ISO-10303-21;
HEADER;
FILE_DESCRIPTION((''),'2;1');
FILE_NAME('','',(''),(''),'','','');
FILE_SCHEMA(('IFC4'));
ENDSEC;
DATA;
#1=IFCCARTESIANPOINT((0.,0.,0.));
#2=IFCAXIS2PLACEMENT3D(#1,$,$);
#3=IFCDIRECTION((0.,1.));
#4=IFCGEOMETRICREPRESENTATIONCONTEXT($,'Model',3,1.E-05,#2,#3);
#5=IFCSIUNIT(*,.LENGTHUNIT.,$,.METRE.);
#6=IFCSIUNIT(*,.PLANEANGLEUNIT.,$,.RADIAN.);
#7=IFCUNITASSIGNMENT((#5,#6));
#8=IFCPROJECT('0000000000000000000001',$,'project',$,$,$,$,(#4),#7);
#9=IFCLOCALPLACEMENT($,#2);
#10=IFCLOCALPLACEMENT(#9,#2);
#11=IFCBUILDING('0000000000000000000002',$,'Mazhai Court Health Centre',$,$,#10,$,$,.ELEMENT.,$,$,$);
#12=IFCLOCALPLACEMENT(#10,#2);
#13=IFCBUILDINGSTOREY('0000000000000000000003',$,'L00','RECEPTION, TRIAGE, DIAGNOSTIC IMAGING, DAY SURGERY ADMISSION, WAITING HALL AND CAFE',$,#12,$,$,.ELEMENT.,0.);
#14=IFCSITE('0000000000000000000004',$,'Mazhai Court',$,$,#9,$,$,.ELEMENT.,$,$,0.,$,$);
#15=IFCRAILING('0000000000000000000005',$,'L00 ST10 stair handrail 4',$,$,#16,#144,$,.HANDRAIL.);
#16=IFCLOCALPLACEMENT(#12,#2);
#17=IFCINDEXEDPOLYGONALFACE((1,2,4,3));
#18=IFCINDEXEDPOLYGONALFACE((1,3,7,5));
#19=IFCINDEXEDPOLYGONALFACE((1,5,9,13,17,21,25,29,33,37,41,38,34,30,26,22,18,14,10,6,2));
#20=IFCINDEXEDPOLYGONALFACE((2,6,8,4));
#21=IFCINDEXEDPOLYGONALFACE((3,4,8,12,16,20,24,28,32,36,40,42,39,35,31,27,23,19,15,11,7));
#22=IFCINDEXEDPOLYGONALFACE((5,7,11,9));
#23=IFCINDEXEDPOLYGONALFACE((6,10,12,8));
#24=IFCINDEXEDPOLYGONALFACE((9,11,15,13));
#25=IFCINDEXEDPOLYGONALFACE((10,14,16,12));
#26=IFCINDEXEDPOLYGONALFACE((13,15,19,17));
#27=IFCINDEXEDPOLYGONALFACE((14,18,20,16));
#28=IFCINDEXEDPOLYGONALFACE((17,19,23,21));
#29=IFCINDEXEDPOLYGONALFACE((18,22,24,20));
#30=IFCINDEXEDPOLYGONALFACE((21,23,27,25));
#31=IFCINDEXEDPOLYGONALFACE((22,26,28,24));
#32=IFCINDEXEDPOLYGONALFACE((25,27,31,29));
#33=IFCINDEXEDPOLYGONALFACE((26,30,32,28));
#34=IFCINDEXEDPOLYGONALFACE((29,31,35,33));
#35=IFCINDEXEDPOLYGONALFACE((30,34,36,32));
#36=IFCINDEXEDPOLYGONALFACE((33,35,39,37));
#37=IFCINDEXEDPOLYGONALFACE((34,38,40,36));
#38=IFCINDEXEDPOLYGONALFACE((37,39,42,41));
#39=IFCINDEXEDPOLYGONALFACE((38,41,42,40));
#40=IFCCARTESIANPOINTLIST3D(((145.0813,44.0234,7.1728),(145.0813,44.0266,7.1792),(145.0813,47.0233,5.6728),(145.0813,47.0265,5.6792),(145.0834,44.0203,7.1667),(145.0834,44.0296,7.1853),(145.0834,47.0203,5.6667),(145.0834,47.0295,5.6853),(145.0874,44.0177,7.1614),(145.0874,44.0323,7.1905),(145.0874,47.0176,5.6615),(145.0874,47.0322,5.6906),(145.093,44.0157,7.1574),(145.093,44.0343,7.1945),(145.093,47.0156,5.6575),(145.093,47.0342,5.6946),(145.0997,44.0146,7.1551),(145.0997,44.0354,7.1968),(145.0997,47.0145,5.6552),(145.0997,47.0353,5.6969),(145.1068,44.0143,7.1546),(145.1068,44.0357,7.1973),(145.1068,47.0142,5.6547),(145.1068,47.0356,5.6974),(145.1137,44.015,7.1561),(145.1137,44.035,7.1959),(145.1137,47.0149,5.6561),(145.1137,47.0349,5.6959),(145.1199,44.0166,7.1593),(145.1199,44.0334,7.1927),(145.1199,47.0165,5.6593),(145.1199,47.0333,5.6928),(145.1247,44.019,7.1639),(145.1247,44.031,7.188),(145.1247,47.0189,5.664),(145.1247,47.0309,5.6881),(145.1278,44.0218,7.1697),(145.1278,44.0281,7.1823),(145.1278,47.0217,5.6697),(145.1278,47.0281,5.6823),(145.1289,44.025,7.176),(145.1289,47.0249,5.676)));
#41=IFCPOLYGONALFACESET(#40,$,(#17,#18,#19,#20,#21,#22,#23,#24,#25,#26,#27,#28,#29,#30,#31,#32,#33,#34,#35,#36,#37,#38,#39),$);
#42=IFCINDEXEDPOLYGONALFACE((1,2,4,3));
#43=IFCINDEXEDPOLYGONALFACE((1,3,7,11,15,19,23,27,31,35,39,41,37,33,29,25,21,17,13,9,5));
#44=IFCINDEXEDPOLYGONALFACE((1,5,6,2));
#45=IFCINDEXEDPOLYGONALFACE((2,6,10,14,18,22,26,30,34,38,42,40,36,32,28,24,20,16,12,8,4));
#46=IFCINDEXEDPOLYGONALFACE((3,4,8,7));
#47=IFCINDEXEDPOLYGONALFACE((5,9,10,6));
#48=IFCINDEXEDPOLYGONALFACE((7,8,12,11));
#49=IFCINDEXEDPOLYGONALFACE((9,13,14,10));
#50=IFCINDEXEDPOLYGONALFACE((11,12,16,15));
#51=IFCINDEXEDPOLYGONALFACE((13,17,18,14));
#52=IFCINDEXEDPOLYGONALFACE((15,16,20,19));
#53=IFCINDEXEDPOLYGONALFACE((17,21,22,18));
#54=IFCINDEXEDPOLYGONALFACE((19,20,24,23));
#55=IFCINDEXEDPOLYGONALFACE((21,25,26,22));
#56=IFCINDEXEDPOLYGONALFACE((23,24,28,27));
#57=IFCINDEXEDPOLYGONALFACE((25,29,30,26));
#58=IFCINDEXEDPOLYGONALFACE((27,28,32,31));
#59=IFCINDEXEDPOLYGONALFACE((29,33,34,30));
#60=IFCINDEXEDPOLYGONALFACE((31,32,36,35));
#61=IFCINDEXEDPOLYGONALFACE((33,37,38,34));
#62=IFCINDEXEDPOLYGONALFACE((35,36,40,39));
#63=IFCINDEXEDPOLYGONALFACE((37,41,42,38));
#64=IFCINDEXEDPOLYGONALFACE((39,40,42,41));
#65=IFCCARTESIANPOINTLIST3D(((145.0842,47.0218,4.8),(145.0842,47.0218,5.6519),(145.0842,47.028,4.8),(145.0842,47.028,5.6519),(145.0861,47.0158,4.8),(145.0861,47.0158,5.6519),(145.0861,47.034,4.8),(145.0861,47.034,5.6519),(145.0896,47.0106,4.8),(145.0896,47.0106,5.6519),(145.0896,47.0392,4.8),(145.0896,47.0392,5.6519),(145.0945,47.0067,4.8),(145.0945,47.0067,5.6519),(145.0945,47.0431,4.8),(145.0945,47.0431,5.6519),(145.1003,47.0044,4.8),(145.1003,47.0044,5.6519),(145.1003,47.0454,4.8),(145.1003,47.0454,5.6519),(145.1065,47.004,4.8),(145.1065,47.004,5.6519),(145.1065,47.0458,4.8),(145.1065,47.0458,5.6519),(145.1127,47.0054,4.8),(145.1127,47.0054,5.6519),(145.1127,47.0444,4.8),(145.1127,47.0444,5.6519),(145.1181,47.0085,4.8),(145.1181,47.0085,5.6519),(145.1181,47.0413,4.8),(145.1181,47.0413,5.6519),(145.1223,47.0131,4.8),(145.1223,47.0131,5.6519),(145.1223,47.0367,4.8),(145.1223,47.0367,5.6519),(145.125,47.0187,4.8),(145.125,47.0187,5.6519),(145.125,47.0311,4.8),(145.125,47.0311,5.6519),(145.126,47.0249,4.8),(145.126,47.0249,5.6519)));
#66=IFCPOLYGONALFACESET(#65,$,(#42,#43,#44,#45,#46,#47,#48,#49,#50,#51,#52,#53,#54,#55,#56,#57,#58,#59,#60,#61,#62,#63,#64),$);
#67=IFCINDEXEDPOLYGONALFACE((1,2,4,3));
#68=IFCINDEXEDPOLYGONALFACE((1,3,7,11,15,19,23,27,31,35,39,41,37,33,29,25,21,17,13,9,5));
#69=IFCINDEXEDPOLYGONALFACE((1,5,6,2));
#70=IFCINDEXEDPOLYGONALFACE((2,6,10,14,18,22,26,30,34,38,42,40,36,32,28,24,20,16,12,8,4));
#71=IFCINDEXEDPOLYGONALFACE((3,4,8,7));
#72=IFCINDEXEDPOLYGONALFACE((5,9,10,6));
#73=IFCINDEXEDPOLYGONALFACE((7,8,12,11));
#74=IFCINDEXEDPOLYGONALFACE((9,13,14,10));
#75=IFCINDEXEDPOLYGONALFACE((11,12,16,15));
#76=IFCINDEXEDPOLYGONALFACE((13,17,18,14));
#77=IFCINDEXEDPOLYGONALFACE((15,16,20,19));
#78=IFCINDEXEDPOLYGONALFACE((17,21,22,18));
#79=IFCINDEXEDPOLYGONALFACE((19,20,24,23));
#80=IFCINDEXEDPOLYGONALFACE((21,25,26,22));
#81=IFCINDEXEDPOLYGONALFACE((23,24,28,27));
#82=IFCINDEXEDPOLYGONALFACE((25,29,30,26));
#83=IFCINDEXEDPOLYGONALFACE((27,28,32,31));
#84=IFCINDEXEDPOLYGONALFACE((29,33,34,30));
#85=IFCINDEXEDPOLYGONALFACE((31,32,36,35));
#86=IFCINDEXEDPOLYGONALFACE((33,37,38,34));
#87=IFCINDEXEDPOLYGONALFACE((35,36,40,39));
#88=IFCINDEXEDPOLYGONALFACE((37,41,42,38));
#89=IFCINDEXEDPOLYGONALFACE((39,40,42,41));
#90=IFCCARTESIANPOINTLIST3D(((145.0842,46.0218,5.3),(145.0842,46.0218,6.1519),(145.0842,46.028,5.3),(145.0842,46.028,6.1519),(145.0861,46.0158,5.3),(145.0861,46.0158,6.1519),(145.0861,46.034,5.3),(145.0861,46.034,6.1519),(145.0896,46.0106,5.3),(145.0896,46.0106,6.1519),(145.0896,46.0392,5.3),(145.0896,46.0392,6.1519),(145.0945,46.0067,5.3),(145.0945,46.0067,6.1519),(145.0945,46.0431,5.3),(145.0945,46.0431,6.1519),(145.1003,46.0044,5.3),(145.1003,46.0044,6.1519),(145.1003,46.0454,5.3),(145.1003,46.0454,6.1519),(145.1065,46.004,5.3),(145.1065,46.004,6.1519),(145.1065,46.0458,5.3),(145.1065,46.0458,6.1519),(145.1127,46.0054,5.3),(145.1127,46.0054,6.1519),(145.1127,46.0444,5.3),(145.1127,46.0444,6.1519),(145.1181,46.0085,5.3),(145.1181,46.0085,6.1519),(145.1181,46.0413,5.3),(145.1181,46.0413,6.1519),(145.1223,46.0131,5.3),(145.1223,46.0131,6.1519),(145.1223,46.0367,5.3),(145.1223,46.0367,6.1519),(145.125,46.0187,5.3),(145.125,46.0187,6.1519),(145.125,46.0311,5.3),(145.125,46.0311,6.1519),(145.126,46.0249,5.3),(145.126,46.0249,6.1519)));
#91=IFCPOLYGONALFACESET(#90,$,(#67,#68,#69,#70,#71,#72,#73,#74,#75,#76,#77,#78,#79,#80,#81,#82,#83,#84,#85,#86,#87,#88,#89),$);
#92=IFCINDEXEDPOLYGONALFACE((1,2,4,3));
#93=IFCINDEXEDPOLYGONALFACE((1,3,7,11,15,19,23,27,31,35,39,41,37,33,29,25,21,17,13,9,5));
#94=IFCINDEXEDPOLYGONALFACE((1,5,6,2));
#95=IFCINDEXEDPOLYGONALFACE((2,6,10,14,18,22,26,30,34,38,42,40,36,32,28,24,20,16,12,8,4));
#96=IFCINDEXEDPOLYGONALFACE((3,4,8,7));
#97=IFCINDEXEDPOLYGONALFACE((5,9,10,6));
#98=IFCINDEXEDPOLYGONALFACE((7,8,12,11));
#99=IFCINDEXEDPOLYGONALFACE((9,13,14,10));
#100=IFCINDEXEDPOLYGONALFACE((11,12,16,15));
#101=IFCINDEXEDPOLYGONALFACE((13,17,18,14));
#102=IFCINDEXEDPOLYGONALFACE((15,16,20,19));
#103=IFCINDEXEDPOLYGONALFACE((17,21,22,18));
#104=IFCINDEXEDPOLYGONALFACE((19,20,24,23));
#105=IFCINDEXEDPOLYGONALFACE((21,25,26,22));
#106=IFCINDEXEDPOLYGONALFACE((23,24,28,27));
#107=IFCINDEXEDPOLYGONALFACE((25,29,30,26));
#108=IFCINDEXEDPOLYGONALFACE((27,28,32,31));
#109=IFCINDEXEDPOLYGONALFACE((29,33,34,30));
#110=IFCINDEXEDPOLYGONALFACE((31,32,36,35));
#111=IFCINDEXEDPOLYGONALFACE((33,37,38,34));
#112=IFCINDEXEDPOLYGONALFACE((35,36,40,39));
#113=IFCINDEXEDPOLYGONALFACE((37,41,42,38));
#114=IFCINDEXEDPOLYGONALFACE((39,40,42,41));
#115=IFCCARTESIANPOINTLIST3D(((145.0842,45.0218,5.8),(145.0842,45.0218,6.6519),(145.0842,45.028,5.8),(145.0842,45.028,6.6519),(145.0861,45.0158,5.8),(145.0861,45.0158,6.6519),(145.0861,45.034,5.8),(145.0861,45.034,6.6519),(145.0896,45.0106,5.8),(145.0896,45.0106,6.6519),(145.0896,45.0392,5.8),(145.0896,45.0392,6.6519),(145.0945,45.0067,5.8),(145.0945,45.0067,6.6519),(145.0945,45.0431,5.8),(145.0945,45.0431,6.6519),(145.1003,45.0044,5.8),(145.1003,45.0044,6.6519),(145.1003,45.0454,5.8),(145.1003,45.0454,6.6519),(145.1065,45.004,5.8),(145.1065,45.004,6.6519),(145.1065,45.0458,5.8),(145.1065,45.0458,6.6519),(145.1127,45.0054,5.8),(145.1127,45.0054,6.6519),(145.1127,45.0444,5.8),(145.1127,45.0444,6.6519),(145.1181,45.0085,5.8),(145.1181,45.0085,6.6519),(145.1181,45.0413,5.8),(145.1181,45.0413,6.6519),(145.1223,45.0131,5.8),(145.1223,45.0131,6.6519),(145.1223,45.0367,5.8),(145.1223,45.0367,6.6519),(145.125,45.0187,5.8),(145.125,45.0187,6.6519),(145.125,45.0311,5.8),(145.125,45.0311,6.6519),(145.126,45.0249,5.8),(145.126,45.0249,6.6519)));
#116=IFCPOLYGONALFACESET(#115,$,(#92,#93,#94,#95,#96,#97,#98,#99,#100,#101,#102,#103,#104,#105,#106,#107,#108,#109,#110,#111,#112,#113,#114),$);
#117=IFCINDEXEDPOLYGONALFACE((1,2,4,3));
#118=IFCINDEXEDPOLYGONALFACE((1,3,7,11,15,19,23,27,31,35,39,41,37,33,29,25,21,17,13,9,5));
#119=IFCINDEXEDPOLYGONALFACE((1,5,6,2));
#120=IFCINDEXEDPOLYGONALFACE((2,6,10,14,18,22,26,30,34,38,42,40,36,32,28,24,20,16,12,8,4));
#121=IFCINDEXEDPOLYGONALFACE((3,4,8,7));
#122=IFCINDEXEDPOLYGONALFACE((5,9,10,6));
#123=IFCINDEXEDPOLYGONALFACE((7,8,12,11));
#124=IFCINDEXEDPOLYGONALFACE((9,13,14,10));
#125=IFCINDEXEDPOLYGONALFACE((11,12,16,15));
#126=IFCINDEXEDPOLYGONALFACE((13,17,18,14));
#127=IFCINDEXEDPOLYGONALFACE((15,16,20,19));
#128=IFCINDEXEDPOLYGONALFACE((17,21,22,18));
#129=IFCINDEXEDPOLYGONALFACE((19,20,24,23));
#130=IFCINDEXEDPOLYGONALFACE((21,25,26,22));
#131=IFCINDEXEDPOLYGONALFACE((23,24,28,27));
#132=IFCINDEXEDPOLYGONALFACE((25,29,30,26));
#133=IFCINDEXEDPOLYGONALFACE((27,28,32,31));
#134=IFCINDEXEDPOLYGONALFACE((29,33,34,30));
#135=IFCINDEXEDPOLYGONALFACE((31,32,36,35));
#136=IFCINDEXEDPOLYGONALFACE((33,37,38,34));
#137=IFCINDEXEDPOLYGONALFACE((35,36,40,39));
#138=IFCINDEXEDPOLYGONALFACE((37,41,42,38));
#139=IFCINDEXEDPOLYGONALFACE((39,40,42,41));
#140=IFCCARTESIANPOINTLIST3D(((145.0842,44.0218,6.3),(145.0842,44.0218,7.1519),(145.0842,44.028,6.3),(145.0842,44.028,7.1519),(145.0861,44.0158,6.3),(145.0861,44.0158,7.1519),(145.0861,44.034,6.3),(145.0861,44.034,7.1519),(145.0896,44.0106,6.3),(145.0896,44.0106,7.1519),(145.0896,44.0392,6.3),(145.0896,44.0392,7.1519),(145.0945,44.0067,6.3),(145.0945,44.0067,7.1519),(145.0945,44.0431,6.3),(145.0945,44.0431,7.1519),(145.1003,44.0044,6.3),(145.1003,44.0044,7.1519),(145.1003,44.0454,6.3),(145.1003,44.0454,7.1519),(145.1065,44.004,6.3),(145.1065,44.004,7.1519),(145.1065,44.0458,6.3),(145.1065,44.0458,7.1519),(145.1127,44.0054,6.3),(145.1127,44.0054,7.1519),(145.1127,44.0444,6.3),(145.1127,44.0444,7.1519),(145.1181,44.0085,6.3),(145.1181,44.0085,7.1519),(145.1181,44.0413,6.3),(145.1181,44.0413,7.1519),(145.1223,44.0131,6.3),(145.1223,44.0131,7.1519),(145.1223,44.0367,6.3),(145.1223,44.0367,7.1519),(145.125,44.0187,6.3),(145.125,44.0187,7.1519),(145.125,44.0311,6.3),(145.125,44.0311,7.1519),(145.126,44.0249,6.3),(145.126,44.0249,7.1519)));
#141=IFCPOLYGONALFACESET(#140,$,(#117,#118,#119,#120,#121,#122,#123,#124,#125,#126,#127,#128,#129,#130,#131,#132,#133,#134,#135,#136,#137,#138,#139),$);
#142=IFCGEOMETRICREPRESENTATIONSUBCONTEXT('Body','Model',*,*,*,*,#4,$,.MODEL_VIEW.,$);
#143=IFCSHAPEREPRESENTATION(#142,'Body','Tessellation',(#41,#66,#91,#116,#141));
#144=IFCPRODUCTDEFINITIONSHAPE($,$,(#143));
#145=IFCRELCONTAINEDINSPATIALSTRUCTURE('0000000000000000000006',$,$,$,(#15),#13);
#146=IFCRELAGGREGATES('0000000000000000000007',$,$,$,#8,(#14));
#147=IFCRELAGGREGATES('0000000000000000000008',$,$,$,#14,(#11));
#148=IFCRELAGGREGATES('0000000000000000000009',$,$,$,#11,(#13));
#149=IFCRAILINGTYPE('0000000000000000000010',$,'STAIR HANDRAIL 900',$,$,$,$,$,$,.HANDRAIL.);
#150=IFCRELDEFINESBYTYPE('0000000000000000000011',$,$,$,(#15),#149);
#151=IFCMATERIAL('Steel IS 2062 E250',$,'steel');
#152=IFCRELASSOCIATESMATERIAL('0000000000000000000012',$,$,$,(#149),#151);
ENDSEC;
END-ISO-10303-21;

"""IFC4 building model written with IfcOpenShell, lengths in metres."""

from ifc_helpers import new_model, si_unit, direction, frame, origin, origin_2d, place, context, subcontext, project, spatial, circle, extrude, material, type_object, element, save


model = new_model("IFC4")

# Units and contexts
model_context = context("Model", 3, precision=1e-05, world=origin(), true_north=direction((0.0, 1.0)))
body_context = subcontext(model_context, "Body", "Model", "MODEL_VIEW")
ifc_project = project(units=[si_unit("LENGTHUNIT", "METRE"), si_unit("PLANEANGLEUNIT", "RADIAN")], contexts=[model_context])

# Site, building, storey
site_placement = place(None, origin())
site = spatial("IfcSite", under=ifc_project, at=site_placement, Name="Mazhai Court", CompositionType="ELEMENT", RefElevation=0.0)
building_placement = place(site_placement, origin())
building = spatial("IfcBuilding", under=site, at=building_placement, Name="Mazhai Court Health Centre", CompositionType="ELEMENT")
storey_placement = place(building_placement, origin())
storey = spatial("IfcBuildingStorey", under=building, at=storey_placement, Name="L00", Description="RECEPTION, TRIAGE, DIAGNOSTIC IMAGING, DAY SURGERY ADMISSION, WAITING HALL AND CAFE", CompositionType="ELEMENT", Elevation=0.0)

# Railing
ifc_material_1 = material(Name="Steel IS 2062 E250", Category="steel")
railing_type_1 = type_object("IfcRailingType", Name="STAIR HANDRAIL 900", PredefinedType="HANDRAIL", material=ifc_material_1)
railing_1_placement = place(storey_placement, frame((145.105, 47.0249, 4.8)))
element("IfcRailing", 1, at=railing_1_placement, inside=storey, type_object=railing_type_1, Name="L00 ST10 stair handrail 4", PredefinedType="HANDRAIL", context=body_context, shape_type="SweptSolid", body=[
    extrude(circle(Radius=0.0239, at=origin_2d()), frame((0.0, 0.0, 0.876), z_axis=(0.0, -0.894427, 0.447214), x_axis=(1.0, 0.0, 0.0)), (0.0, 0.0, 1.0), 3.354),
    extrude(circle(Radius=0.021, at=origin_2d()), origin(), (0.0, 0.0, 1.0), 0.8518),
    extrude(circle(Radius=0.021, at=origin_2d()), frame((0.0, -1.0, 0.5)), (0.0, 0.0, 1.0), 0.8518),
    extrude(circle(Radius=0.021, at=origin_2d()), frame((0.0, -2.0, 1.0)), (0.0, 0.0, 1.0), 0.8518),
    extrude(circle(Radius=0.021, at=origin_2d()), frame((0.0, -3.0, 1.5)), (0.0, 0.0, 1.0), 0.8518),
])

save(model, "model.ifc")
